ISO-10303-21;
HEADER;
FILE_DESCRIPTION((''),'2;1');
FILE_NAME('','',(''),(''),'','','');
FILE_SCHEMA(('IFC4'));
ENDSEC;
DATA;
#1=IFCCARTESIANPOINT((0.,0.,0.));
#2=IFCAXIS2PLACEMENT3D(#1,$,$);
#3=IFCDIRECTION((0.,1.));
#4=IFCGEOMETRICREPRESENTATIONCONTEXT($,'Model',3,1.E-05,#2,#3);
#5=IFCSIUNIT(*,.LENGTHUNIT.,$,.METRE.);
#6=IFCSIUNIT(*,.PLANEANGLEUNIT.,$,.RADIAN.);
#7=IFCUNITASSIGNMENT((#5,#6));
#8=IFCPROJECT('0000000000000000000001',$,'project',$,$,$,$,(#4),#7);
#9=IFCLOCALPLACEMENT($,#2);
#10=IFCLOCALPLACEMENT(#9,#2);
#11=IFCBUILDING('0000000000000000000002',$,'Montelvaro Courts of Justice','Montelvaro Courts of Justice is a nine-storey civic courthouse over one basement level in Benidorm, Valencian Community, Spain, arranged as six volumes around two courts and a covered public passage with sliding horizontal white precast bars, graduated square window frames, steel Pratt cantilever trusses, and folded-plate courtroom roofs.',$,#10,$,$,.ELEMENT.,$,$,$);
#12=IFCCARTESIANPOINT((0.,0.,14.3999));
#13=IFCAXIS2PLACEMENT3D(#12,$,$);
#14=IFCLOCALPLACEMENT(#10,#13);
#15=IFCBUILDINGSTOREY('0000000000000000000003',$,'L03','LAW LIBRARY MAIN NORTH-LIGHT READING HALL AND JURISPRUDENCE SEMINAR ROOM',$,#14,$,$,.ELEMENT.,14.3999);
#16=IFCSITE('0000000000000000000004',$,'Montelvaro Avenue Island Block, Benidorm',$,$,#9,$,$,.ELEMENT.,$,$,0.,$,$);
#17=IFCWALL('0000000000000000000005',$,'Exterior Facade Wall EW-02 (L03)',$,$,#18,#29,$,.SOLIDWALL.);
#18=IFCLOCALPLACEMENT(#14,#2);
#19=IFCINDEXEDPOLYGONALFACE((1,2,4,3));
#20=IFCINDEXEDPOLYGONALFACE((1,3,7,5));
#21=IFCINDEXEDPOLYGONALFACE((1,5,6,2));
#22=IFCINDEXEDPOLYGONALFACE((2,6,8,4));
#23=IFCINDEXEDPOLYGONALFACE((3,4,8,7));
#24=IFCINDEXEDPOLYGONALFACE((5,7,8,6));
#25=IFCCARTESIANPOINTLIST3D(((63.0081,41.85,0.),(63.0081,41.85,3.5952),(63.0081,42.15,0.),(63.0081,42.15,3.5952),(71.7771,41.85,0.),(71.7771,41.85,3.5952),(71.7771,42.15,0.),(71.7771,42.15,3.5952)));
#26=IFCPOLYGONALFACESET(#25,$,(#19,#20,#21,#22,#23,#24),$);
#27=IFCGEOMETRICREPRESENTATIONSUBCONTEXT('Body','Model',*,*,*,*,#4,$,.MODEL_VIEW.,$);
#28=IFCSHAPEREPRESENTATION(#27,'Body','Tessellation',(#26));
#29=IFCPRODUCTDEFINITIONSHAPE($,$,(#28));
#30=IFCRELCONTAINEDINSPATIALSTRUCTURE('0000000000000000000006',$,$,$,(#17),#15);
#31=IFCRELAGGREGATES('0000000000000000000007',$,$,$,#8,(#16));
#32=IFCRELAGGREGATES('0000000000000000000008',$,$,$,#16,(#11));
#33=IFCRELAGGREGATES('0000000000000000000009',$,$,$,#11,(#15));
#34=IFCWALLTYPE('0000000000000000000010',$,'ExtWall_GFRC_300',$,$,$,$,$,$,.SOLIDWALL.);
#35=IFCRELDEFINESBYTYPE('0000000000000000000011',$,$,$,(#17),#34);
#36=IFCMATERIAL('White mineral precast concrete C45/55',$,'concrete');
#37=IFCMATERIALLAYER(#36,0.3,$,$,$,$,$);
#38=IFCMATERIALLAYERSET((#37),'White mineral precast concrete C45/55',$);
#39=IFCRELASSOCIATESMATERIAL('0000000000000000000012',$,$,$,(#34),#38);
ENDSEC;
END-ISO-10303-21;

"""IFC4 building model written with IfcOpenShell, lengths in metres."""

from ifc_helpers import new_model, si_unit, direction, frame, frame_2d, origin, place, context, subcontext, project, spatial, rectangle, extrude, material, layer, layer_set, type_object, element, save


model = new_model("IFC4")

# Units and contexts
model_context = context("Model", 3, precision=1e-05, world=origin(), true_north=direction((0.0, 1.0)))
body_context = subcontext(model_context, "Body", "Model", "MODEL_VIEW")
ifc_project = project(units=[si_unit("LENGTHUNIT", "METRE"), si_unit("PLANEANGLEUNIT", "RADIAN")], contexts=[model_context])

# Site, building, storey
site_placement = place(None, origin())
site = spatial("IfcSite", under=ifc_project, at=site_placement, Name="Montelvaro Avenue Island Block, Benidorm", CompositionType="ELEMENT", RefElevation=0.0)
building_placement = place(site_placement, origin())
building = spatial("IfcBuilding", under=site, at=building_placement, Name="Montelvaro Courts of Justice", Description="Montelvaro Courts of Justice is a nine-storey civic courthouse over one basement level in Benidorm, Valencian Community, Spain, arranged as six volumes around two courts and a covered public passage with sliding horizontal white precast bars, graduated square window frames, steel Pratt cantilever trusses, and folded-plate courtroom roofs.", CompositionType="ELEMENT")
storey_placement = place(building_placement, frame((0.0, 0.0, 14.3999)))
storey = spatial("IfcBuildingStorey", under=building, at=storey_placement, Name="L03", Description="LAW LIBRARY MAIN NORTH-LIGHT READING HALL AND JURISPRUDENCE SEMINAR ROOM", CompositionType="ELEMENT", Elevation=14.3999)

# Wall
ifc_material_1 = material(Name="White mineral precast concrete C45/55", Category="concrete")
ifc_layer_1 = layer(ifc_material_1, 0.3)
ifc_layer_set_1 = layer_set([ifc_layer_1], Name="White mineral precast concrete C45/55")
wall_type = type_object("IfcWallType", Name="ExtWall_GFRC_300", PredefinedType="SOLIDWALL", material=ifc_layer_set_1)
wall_placement = place(storey_placement, frame((71.7771, 42.0, 0.0), z_axis=(0.0, 0.0, 1.0), x_axis=(-1.0, 0.0, 0.0)))
element("IfcWall", 1, at=wall_placement, inside=storey, type_object=wall_type, Name="Exterior Facade Wall EW-02 (L03)", PredefinedType="SOLIDWALL", context=body_context, shape_type="SweptSolid", body=[
    extrude(rectangle(XDim=8.769, YDim=0.3, at=frame_2d((4.3845, 0.0))), origin(), (0.0, 0.0, 1.0), 3.5952),
])

save(model, "model.ifc")
